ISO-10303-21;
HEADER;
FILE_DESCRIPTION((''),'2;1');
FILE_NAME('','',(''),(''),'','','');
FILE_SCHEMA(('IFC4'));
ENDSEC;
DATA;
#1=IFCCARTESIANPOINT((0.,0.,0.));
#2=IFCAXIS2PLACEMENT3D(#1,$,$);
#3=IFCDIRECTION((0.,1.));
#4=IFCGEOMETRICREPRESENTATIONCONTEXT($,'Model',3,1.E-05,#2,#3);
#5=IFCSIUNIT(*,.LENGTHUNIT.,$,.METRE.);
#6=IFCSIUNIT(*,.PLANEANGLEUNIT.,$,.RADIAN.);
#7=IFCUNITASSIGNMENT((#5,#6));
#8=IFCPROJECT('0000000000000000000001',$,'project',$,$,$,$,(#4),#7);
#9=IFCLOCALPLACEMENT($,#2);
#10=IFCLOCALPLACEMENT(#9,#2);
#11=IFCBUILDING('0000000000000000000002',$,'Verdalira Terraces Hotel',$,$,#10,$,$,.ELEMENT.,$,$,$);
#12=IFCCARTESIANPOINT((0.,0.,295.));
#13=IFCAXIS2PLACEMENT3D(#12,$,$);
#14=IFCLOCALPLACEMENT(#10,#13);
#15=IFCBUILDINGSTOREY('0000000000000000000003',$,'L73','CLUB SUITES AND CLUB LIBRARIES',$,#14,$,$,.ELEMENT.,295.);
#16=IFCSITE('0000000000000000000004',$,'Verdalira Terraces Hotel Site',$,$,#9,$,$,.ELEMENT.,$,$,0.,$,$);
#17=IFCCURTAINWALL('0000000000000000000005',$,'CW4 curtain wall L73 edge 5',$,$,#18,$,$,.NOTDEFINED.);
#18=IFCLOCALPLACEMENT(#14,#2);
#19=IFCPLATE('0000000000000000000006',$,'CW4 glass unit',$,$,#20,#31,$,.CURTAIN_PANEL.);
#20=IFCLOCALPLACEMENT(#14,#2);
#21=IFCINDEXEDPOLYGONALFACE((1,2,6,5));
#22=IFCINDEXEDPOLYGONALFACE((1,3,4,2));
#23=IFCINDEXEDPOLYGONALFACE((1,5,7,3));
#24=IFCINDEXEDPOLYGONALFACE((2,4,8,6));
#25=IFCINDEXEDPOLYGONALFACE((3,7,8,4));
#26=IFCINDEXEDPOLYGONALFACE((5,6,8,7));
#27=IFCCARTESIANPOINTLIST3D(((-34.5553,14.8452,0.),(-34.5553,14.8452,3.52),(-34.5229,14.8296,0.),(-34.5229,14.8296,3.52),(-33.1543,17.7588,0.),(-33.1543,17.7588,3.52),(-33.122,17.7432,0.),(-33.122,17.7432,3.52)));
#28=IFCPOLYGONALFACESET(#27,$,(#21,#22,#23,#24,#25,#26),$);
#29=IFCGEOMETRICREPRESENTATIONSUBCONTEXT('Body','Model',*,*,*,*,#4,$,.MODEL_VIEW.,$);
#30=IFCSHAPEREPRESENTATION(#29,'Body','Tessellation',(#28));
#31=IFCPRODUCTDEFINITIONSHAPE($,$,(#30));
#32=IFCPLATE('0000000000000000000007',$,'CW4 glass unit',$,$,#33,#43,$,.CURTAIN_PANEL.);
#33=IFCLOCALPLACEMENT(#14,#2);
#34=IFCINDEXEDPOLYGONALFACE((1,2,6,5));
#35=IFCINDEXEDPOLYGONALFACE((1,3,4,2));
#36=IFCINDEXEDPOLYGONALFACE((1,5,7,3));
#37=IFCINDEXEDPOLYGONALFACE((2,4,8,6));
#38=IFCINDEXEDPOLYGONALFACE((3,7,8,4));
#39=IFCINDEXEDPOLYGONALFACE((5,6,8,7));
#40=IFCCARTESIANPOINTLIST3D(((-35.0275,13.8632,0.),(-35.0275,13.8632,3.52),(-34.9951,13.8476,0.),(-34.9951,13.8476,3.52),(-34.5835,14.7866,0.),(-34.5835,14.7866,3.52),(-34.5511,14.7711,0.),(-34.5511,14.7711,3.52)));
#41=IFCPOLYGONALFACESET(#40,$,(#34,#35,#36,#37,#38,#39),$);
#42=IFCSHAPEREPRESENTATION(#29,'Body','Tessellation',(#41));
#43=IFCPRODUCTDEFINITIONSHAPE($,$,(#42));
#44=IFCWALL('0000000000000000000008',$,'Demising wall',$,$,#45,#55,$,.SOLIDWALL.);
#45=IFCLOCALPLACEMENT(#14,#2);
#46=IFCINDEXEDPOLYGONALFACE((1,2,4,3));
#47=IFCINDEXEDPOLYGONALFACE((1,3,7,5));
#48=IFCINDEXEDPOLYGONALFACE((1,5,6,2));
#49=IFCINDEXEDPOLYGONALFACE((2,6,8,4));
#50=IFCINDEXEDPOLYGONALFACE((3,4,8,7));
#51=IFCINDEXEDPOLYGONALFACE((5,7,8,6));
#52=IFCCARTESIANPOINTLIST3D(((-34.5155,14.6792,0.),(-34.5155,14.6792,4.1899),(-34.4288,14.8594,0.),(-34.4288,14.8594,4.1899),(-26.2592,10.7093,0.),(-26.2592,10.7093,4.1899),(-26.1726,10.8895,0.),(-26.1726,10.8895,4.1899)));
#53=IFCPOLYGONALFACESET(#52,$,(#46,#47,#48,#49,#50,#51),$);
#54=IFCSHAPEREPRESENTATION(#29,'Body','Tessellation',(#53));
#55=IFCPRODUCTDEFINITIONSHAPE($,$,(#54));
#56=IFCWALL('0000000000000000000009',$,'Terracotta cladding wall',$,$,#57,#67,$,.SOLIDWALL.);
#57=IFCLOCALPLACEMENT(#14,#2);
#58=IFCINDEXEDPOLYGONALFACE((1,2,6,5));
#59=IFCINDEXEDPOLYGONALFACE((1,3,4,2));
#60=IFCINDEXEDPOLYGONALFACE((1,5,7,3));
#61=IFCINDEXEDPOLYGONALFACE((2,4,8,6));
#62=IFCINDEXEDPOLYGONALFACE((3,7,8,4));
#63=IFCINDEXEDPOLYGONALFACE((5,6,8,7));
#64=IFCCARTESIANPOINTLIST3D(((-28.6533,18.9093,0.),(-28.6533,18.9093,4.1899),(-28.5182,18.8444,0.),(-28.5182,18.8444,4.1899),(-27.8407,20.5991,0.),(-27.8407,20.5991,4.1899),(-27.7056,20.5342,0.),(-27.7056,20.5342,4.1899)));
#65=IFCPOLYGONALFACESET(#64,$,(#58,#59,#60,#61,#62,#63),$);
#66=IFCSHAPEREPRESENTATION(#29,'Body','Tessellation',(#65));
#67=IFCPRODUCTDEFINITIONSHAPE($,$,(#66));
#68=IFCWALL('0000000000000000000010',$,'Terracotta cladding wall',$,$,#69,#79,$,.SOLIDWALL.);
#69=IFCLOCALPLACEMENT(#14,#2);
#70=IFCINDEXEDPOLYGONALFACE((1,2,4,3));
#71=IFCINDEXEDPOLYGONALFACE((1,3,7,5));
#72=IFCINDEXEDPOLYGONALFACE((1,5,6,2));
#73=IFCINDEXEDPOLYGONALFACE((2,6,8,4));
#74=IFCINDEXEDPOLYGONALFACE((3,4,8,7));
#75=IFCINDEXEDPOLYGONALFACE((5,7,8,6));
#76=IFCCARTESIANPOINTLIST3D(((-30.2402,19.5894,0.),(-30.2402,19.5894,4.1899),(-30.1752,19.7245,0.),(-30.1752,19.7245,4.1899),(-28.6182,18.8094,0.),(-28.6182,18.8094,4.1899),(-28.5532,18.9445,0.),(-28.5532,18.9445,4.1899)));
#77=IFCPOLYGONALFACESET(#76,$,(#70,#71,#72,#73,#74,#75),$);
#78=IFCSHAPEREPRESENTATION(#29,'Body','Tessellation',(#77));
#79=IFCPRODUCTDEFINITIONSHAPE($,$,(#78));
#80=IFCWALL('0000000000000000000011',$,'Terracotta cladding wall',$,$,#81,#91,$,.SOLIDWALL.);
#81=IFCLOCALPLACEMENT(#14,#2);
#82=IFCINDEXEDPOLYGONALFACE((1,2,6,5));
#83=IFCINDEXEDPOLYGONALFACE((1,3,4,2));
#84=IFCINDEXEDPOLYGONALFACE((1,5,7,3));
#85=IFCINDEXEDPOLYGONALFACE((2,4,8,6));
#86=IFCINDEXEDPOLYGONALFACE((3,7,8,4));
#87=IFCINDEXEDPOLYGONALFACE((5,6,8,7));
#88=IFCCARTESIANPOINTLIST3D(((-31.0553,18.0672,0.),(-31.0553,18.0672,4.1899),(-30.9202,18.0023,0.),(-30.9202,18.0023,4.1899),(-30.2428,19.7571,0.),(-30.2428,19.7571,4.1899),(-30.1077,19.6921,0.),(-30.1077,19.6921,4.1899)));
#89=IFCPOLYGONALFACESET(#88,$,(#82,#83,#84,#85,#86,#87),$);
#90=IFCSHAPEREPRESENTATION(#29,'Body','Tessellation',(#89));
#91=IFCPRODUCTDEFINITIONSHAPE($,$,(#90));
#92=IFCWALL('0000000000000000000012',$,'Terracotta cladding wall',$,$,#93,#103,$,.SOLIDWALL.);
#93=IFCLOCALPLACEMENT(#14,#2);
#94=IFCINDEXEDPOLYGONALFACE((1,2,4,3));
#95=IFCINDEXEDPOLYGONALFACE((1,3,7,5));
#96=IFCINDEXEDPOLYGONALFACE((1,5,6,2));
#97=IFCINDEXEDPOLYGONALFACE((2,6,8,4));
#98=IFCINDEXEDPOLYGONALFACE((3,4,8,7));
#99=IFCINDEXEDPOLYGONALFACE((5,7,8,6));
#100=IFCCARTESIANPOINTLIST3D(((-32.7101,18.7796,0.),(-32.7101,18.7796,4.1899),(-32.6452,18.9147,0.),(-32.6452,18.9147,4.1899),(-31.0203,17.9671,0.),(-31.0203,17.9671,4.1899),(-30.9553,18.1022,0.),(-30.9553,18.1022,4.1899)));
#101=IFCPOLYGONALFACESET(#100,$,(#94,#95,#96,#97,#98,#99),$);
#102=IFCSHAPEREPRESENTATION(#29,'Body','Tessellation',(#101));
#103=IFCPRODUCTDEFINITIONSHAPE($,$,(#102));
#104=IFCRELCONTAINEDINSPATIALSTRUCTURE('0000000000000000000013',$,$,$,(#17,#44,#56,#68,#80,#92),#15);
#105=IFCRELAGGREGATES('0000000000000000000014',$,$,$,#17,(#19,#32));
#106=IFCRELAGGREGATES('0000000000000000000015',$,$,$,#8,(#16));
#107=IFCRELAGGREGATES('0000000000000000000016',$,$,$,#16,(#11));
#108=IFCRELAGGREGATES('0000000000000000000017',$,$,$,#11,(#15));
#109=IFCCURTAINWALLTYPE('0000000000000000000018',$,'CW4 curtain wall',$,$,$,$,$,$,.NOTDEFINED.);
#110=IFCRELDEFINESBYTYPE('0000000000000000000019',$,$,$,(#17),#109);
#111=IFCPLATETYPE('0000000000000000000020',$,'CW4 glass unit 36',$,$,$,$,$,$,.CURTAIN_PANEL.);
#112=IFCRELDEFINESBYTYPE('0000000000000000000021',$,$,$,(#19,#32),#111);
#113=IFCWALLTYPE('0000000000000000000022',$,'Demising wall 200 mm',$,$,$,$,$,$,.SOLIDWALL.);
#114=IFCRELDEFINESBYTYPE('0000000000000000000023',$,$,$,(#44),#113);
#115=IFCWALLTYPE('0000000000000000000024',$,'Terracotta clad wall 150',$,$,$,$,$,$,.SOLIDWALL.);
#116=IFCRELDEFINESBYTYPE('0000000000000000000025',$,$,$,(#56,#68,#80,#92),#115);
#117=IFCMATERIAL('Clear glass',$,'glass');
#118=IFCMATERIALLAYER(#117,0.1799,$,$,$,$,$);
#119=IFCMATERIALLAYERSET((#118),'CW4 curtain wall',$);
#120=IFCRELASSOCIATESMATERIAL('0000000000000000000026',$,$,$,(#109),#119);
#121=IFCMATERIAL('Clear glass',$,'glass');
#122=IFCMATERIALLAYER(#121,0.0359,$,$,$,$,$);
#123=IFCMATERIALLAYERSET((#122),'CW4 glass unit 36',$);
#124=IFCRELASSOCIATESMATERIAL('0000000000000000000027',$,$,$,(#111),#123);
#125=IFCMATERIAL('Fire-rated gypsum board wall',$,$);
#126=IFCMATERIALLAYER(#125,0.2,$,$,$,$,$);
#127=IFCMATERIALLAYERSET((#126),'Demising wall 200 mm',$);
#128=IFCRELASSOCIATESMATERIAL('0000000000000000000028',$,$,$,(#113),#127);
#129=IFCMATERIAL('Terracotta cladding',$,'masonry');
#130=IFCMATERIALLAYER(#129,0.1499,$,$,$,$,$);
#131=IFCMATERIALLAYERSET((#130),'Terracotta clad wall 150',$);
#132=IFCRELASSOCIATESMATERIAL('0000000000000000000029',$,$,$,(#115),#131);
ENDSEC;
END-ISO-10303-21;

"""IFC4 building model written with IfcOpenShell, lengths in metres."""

from ifc_helpers import new_model, si_unit, direction, frame, frame_2d, origin, origin_2d, place, context, subcontext, project, spatial, rectangle, extrude, material, layer, layer_set, type_object, element, aggregate, save


model = new_model("IFC4")

# Units and contexts
model_context = context("Model", 3, precision=1e-05, world=origin(), true_north=direction((0.0, 1.0)))
body_context = subcontext(model_context, "Body", "Model", "MODEL_VIEW")
ifc_project = project(units=[si_unit("LENGTHUNIT", "METRE"), si_unit("PLANEANGLEUNIT", "RADIAN")], contexts=[model_context])

# Site, building, storey
site_placement = place(None, origin())
site = spatial("IfcSite", under=ifc_project, at=site_placement, Name="Verdalira Terraces Hotel Site", CompositionType="ELEMENT", RefElevation=0.0)
building_placement = place(site_placement, origin())
building = spatial("IfcBuilding", under=site, at=building_placement, Name="Verdalira Terraces Hotel", CompositionType="ELEMENT")
storey_placement = place(building_placement, frame((0.0, 0.0, 295.0)))
storey = spatial("IfcBuildingStorey", under=building, at=storey_placement, Name="L73", Description="CLUB SUITES AND CLUB LIBRARIES", CompositionType="ELEMENT", Elevation=295.0)

# Shared definitions
ifc_material_1 = material(Name="Clear glass", Category="glass")
ifc_layer_1 = layer(ifc_material_1, 0.1799)
ifc_layer_set_1 = layer_set([ifc_layer_1], Name="CW4 curtain wall")
curtain_wall_type = type_object("IfcCurtainWallType", Name="CW4 curtain wall", PredefinedType="NOTDEFINED", material=ifc_layer_set_1)

# Curtain wall
curtain_wall_1_placement = place(storey_placement, origin())
curtain_wall_1 = element("IfcCurtainWall", 1, at=curtain_wall_1_placement, inside=storey, type_object=curtain_wall_type, Name="CW4 curtain wall L73 edge 5", PredefinedType="NOTDEFINED")

# Plates
ifc_material_2 = material(Name="Clear glass", Category="glass")
ifc_layer_2 = layer(ifc_material_2, 0.0359)
ifc_layer_set_2 = layer_set([ifc_layer_2], Name="CW4 glass unit 36")
plate_type = type_object("IfcPlateType", Name="CW4 glass unit 36", PredefinedType="CURTAIN_PANEL", material=ifc_layer_set_2)
plate_1_placement = place(storey_placement, frame((-33.8386, 16.2942, 0.0), z_axis=(0.0, 0.0, 1.0), x_axis=(-0.433345, -0.901228, 0.0)))
plate_1 = element("IfcPlate", 2, at=plate_1_placement, type_object=plate_type, Name="CW4 glass unit", PredefinedType="CURTAIN_PANEL", context=body_context, shape_type="SweptSolid", body=[
    extrude(rectangle(XDim=3.2329, YDim=0.0359, at=origin_2d()), origin(), (0.0, 0.0, 1.0), 3.52),
])
plate_2_placement = place(storey_placement, frame((-34.7893, 14.3171, 0.0), z_axis=(0.0, 0.0, 1.0), x_axis=(-0.433345, -0.901228, 0.0)))
plate_2 = element("IfcPlate", 3, at=plate_2_placement, type_object=plate_type, Name="CW4 glass unit", PredefinedType="CURTAIN_PANEL", context=body_context, shape_type="SweptSolid", body=[
    extrude(rectangle(XDim=1.0247, YDim=0.0359, at=origin_2d()), origin(), (0.0, 0.0, 1.0), 3.52),
])
aggregate(curtain_wall_1, [plate_1, plate_2])

# Walls
ifc_material_3 = material(Name="Fire-rated gypsum board wall")
ifc_layer_3 = layer(ifc_material_3, 0.2)
ifc_layer_set_3 = layer_set([ifc_layer_3], Name="Demising wall 200 mm")
wall_type_1 = type_object("IfcWallType", Name="Demising wall 200 mm", PredefinedType="SOLIDWALL", material=ifc_layer_set_3)
wall_1_placement = place(storey_placement, frame((-34.4722, 14.7693, 0.0), z_axis=(0.0, 0.0, 1.0), x_axis=(0.901228, -0.433345, 0.0)))
element("IfcWall", 4, at=wall_1_placement, inside=storey, type_object=wall_type_1, Name="Demising wall", PredefinedType="SOLIDWALL", context=body_context, shape_type="SweptSolid", body=[
    extrude(rectangle(XDim=9.1611, YDim=0.2, at=frame_2d((4.5806, 0.0))), origin(), (0.0, 0.0, 1.0), 4.1899),
])
ifc_material_4 = material(Name="Terracotta cladding", Category="masonry")
ifc_layer_4 = layer(ifc_material_4, 0.1499)
ifc_layer_set_4 = layer_set([ifc_layer_4], Name="Terracotta clad wall 150")
wall_type_2 = type_object("IfcWallType", Name="Terracotta clad wall 150", PredefinedType="SOLIDWALL", material=ifc_layer_set_4)
wall_2_placement = place(storey_placement, frame((-27.7732, 20.5666, 0.0), z_axis=(0.0, 0.0, 1.0), x_axis=(-0.433357, -0.901222, 0.0)))
element("IfcWall", 5, at=wall_2_placement, inside=storey, type_object=wall_type_2, Name="Terracotta cladding wall", PredefinedType="SOLIDWALL", context=body_context, shape_type="SweptSolid", body=[
    extrude(rectangle(XDim=1.875, YDim=0.1499, at=frame_2d((0.9375, 0.0))), origin(), (0.0, 0.0, 1.0), 4.1899),
])
wall_3_placement = place(storey_placement, frame((-28.5857, 18.877, 0.0), z_axis=(0.0, 0.0, 1.0), x_axis=(-0.901212, 0.433379, 0.0)))
element("IfcWall", 6, at=wall_3_placement, inside=storey, type_object=wall_type_2, Name="Terracotta cladding wall", PredefinedType="SOLIDWALL", context=body_context, shape_type="SweptSolid", body=[
    extrude(rectangle(XDim=1.7998, YDim=0.1499, at=frame_2d((0.8999, 0.0))), origin(), (0.0, 0.0, 1.0), 4.1899),
])
for number, where, z_axis, x_axis, name in (
    (7, (-30.1753, 19.7246, 0.0), (0.0, 0.0, 1.0), (-0.433307, -0.901247, 0.0), "Terracotta cladding wall"),
    (8, (-30.9878, 18.0347, 0.0), (0.0, 0.0, 1.0), (-0.901247, 0.433307, 0.0), "Terracotta cladding wall"),
):
    element("IfcWall", number, at=place(storey_placement, frame(where, z_axis=z_axis, x_axis=x_axis)), inside=storey, type_object=wall_type_2, Name=name, PredefinedType="SOLIDWALL", context=body_context, shape_type="SweptSolid", body=[
        extrude(rectangle(XDim=1.875, YDim=0.1499, at=frame_2d((0.9375, 0.0))), origin(), (0.0, 0.0, 1.0), 4.1899),
    ])

save(model, "model.ifc")
